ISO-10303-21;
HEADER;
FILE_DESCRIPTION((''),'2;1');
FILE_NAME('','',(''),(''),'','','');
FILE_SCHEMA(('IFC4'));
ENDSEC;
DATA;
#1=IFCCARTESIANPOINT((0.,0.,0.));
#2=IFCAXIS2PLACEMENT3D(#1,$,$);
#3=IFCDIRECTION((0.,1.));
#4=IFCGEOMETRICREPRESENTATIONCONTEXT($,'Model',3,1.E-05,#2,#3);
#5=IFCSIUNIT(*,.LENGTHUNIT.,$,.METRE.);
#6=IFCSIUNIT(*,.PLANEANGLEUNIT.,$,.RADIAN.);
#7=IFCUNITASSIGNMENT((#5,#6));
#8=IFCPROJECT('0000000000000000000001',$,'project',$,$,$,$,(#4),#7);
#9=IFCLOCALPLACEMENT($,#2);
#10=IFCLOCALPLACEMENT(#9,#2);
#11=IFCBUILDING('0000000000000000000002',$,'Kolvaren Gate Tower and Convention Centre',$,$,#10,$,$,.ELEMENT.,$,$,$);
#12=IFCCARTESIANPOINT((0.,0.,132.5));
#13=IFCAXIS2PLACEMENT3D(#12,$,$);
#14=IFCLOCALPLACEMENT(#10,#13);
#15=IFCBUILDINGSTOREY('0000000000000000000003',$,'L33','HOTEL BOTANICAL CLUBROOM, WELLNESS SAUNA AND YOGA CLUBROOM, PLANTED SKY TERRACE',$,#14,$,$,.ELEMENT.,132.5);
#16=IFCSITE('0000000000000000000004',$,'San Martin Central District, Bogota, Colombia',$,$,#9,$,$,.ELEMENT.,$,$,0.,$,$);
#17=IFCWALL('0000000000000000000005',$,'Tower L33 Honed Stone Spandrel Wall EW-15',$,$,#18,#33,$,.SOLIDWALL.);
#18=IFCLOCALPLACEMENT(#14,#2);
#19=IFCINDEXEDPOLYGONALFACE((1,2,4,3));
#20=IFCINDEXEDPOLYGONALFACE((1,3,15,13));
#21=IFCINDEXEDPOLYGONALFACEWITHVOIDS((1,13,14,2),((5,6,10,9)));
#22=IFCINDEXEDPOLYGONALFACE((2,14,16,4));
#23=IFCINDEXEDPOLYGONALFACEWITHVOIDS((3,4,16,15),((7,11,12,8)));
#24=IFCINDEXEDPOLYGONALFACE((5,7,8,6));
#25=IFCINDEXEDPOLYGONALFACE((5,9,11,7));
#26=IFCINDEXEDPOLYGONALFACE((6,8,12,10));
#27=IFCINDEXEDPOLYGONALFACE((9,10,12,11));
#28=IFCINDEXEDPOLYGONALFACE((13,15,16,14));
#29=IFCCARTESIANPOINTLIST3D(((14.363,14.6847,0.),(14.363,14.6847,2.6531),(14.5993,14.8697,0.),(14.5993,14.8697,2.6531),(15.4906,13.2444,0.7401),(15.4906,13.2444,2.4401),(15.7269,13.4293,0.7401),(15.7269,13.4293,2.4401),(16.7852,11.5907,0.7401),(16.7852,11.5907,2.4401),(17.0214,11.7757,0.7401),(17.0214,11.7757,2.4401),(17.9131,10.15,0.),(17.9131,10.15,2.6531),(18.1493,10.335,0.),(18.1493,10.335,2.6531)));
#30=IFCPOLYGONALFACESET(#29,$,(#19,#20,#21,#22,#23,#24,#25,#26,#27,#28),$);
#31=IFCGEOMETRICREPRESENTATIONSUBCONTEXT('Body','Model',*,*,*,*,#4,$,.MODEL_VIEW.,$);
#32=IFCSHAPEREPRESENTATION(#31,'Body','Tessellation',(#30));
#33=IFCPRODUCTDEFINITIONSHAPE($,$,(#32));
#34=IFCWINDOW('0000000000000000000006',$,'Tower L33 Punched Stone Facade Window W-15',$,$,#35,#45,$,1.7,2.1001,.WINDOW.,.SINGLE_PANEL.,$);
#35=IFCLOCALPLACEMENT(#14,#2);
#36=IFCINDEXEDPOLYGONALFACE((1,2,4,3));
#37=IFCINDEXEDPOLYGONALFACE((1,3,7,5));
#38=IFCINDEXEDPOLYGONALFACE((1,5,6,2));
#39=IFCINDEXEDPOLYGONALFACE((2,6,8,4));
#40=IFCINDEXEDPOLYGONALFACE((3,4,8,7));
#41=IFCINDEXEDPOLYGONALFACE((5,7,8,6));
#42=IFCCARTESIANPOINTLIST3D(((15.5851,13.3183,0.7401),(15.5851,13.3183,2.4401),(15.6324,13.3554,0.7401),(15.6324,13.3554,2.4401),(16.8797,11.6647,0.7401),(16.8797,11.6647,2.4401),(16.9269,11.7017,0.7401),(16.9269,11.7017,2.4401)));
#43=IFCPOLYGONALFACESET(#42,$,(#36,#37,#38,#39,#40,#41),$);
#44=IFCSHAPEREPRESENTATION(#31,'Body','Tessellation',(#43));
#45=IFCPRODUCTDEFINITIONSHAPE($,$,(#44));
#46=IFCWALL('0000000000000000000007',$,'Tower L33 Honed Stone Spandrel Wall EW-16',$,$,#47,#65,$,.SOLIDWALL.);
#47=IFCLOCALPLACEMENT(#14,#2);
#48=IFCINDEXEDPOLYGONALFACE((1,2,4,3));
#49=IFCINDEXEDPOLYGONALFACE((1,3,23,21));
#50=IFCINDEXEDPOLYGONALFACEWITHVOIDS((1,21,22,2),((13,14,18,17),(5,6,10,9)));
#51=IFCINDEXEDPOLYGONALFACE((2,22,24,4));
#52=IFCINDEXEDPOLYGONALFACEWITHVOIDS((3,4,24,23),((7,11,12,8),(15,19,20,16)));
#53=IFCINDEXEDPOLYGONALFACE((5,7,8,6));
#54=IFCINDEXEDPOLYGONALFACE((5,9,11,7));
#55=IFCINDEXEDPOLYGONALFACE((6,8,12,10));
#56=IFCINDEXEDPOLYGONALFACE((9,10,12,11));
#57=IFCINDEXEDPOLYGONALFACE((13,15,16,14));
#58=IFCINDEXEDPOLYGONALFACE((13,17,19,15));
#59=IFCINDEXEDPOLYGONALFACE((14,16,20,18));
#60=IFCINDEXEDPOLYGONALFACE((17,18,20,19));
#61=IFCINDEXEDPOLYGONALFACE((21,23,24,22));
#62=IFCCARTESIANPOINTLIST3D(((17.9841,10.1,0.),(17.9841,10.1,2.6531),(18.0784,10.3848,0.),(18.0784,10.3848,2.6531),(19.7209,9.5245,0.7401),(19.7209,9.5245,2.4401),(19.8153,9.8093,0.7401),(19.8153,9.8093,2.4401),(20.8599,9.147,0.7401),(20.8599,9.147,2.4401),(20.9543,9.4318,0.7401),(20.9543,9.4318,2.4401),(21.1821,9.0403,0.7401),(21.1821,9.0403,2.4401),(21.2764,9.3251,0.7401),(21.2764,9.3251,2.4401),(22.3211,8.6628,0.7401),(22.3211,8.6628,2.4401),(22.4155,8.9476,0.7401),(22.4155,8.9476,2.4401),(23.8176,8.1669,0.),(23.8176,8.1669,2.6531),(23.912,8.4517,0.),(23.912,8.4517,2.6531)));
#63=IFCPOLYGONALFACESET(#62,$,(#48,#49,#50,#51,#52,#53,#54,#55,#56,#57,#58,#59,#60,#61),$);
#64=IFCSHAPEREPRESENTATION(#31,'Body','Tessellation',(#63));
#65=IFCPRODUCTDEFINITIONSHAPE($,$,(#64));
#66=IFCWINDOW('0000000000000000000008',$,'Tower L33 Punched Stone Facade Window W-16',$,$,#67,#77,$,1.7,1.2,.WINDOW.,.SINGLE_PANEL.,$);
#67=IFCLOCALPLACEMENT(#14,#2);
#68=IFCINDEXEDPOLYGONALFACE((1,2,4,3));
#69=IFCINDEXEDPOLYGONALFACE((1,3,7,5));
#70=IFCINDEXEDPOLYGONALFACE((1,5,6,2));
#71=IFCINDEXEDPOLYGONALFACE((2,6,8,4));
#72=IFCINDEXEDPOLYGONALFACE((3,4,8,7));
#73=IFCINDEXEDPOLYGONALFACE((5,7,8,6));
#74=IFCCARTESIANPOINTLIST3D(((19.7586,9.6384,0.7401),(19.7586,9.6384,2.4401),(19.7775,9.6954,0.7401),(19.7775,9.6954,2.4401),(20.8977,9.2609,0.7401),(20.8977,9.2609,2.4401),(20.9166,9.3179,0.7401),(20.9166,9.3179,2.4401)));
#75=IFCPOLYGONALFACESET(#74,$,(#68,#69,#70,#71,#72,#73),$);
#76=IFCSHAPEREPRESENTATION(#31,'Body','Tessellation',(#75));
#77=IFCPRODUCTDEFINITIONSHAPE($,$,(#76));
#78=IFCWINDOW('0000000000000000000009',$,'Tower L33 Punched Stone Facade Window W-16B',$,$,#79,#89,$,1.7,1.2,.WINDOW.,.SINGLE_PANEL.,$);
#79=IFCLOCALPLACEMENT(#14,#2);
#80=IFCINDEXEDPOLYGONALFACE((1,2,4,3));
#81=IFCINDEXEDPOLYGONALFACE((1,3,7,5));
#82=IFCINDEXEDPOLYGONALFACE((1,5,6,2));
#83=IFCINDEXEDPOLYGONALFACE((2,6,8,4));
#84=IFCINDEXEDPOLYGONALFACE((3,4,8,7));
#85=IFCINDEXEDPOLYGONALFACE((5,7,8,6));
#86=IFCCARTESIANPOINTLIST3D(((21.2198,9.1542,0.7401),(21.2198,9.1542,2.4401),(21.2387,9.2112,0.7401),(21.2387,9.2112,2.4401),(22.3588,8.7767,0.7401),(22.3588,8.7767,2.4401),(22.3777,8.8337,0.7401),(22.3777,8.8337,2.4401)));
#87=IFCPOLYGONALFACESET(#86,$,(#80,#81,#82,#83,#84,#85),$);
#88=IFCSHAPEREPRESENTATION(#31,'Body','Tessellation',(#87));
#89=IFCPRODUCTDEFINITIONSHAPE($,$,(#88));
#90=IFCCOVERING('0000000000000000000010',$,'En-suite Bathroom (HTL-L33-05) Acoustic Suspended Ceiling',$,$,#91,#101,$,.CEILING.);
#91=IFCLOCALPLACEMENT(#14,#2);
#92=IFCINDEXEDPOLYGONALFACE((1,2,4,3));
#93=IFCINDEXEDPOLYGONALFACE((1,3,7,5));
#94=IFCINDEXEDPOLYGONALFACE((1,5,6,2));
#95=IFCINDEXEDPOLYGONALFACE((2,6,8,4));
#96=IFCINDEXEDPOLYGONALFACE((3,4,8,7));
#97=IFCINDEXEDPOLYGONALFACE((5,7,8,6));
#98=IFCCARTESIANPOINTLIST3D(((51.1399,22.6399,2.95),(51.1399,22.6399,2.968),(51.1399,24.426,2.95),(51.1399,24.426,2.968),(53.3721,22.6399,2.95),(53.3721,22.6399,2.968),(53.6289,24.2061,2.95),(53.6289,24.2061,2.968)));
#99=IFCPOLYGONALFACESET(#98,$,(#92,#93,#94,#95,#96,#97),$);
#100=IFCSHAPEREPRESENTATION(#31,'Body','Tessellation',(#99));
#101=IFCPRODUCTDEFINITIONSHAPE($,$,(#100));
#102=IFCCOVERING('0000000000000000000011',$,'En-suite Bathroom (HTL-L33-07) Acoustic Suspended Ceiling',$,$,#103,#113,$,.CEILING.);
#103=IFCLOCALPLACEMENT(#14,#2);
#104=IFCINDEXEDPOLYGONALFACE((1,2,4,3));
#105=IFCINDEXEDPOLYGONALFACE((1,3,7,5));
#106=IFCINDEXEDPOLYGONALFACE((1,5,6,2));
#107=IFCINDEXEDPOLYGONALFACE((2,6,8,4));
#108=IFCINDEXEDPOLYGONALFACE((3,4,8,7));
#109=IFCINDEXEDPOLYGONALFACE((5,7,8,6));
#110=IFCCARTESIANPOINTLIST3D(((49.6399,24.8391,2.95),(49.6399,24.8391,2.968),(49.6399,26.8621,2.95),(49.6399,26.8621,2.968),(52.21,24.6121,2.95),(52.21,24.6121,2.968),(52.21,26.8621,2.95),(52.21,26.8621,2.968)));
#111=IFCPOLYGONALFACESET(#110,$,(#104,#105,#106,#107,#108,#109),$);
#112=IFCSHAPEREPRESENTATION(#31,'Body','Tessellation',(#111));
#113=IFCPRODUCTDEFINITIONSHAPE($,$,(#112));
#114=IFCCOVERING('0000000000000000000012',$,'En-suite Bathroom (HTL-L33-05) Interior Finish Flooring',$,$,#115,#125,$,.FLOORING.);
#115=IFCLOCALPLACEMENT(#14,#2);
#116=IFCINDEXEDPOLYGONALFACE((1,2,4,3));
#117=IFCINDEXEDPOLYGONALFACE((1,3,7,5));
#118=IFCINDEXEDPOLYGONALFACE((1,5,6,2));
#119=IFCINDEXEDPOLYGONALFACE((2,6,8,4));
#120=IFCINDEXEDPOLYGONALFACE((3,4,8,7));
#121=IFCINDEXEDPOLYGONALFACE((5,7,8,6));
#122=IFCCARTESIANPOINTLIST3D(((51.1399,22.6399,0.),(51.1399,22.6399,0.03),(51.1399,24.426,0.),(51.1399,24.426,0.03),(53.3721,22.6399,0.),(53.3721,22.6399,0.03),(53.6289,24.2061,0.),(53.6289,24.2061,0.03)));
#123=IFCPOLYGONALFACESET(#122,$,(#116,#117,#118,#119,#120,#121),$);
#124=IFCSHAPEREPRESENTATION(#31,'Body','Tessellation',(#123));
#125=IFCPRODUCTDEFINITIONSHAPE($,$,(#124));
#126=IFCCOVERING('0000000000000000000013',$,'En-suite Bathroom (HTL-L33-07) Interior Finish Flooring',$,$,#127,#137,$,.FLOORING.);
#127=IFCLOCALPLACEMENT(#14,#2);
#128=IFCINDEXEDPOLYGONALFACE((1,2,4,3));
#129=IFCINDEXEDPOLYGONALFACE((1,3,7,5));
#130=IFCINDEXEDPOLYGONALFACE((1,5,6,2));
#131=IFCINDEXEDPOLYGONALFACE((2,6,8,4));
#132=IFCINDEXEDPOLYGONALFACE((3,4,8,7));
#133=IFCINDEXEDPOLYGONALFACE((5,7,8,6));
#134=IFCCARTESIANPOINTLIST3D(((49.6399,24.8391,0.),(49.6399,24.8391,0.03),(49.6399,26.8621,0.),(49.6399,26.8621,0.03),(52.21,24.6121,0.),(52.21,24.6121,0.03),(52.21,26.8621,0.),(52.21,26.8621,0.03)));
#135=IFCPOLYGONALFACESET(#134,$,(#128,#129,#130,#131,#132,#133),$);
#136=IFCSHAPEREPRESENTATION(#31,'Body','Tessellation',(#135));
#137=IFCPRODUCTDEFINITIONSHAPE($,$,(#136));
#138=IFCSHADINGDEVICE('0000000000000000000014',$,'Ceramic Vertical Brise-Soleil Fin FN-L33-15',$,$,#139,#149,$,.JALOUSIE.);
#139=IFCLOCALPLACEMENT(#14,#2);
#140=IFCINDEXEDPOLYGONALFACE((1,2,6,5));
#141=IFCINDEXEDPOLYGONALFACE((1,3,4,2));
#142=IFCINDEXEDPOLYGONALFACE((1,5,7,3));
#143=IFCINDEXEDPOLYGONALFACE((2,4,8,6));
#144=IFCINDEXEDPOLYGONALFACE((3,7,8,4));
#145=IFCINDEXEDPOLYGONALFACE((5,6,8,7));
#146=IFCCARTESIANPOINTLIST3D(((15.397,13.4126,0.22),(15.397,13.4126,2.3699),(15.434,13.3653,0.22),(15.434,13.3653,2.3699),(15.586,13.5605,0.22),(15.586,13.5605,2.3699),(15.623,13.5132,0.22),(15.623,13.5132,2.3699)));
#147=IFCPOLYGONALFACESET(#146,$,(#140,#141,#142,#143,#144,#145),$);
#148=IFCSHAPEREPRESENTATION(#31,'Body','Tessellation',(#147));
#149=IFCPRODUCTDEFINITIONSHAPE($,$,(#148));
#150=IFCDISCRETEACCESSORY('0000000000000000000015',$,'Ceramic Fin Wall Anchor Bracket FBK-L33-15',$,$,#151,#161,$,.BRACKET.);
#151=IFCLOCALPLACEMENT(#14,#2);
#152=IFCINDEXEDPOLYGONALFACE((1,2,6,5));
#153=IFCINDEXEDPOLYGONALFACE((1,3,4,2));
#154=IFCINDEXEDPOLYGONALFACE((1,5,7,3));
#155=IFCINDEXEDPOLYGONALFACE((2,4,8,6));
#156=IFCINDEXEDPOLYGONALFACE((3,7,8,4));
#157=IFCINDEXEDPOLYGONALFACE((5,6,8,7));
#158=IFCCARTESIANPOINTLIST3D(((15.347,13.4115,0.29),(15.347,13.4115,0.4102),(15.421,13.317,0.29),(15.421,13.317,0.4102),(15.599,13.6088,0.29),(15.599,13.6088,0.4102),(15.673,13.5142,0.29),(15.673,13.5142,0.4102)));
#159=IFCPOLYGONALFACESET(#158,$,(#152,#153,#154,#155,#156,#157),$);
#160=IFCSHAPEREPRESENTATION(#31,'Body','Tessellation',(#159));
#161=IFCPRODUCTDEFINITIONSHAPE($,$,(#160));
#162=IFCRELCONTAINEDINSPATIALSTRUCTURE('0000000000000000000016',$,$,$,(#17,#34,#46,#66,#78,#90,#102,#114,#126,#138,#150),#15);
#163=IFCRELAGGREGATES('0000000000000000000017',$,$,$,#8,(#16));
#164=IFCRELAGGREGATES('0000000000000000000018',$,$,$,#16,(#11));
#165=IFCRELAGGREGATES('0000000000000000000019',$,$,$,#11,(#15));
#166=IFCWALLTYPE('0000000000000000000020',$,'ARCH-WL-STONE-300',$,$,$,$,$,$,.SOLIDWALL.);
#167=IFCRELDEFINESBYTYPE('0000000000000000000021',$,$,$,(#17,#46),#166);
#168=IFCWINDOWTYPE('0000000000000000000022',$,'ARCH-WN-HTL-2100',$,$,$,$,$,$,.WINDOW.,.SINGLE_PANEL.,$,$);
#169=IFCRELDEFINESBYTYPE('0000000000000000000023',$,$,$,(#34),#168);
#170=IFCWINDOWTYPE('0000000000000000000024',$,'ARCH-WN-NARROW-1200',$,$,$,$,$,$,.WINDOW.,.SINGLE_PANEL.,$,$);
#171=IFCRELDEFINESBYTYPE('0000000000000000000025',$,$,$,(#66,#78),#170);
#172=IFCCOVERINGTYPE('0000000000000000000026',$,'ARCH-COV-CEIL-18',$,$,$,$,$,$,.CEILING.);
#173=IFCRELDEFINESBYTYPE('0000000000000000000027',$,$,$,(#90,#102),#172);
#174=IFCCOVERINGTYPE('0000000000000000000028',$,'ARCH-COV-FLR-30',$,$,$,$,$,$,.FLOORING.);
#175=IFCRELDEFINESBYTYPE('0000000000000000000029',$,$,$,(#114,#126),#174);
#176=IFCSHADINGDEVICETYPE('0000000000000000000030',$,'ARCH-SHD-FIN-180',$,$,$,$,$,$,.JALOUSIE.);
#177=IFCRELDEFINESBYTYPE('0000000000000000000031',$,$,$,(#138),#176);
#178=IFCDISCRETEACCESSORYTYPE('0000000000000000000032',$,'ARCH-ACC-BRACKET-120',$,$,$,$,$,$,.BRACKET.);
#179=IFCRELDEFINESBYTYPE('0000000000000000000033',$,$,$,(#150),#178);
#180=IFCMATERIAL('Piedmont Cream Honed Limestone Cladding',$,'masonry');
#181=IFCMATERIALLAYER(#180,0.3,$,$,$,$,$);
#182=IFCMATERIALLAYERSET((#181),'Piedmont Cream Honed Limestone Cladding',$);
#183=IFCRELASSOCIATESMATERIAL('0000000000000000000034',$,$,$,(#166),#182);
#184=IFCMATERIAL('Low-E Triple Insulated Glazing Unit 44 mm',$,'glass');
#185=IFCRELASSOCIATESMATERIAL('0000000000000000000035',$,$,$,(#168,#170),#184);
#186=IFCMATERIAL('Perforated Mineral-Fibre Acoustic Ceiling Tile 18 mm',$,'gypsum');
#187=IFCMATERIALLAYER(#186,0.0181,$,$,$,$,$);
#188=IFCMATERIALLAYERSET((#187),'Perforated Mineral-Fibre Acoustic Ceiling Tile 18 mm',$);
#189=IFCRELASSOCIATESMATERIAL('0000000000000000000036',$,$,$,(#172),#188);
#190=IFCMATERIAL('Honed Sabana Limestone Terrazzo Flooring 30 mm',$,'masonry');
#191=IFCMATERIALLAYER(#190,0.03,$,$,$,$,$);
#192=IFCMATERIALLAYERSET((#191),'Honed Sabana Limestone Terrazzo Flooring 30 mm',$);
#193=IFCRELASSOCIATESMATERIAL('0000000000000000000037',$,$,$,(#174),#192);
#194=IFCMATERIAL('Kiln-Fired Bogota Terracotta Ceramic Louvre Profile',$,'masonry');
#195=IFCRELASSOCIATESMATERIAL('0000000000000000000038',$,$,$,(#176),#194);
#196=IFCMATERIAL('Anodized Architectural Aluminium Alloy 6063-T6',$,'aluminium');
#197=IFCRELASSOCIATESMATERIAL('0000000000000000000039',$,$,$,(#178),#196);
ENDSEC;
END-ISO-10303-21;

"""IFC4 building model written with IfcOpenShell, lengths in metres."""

from ifc_helpers import new_model, si_unit, direction, frame, frame_2d, origin, origin_2d, place, context, subcontext, project, spatial, polyline, rectangle, outline, extrude, material, layer, layer_set, type_object, element, fill, save


model = new_model("IFC4")

# Units and contexts
model_context = context("Model", 3, precision=1e-05, world=origin(), true_north=direction((0.0, 1.0)))
body_context = subcontext(model_context, "Body", "Model", "MODEL_VIEW")
ifc_project = project(units=[si_unit("LENGTHUNIT", "METRE"), si_unit("PLANEANGLEUNIT", "RADIAN")], contexts=[model_context])

# Site, building, storey
site_placement = place(None, origin())
site = spatial("IfcSite", under=ifc_project, at=site_placement, Name="San Martin Central District, Bogota, Colombia", CompositionType="ELEMENT", RefElevation=0.0)
building_placement = place(site_placement, origin())
building = spatial("IfcBuilding", under=site, at=building_placement, Name="Kolvaren Gate Tower and Convention Centre", CompositionType="ELEMENT")
storey_placement = place(building_placement, frame((0.0, 0.0, 132.5)))
storey = spatial("IfcBuildingStorey", under=building, at=storey_placement, Name="L33", Description="HOTEL BOTANICAL CLUBROOM, WELLNESS SAUNA AND YOGA CLUBROOM, PLANTED SKY TERRACE", CompositionType="ELEMENT", Elevation=132.5)

# Shared definitions
ifc_material_1 = material(Name="Piedmont Cream Honed Limestone Cladding", Category="masonry")

# Wall, opening, window
ifc_layer_1 = layer(ifc_material_1, 0.3)
ifc_layer_set_1 = layer_set([ifc_layer_1], Name="Piedmont Cream Honed Limestone Cladding")
wall_type_1 = type_object("IfcWallType", Name="ARCH-WL-STONE-300", PredefinedType="SOLIDWALL", material=ifc_layer_set_1)
wall_1_placement = place(storey_placement, frame((14.4812, 14.7771, 0.0), z_axis=(0.0, 0.0, 1.0), x_axis=(0.616435, -0.787406, 0.0)))
wall_1 = element("IfcWall", 1, at=wall_1_placement, inside=storey, type_object=wall_type_1, Name="Tower L33 Honed Stone Spandrel Wall EW-15", PredefinedType="SOLIDWALL", context=body_context, shape_type="SweptSolid", body=[
    extrude(rectangle(XDim=5.759, YDim=0.3, at=frame_2d((2.8794, 0.0))), origin(), (0.0, 0.0, 1.0), 2.6531),
])
opening_1_placement = place(wall_1_placement, frame((1.8291, 0.0, 0.74)))
opening_1 = element("IfcOpeningElement", 2, at=opening_1_placement, cuts=wall_1, PredefinedType="OPENING", context=body_context, shape_type="SweptSolid", body=[
    extrude(rectangle(XDim=2.1001, YDim=1.7, at=frame_2d((1.05, 0.8501))), frame((0.0, 0.1599, 0.0), z_axis=(0.0, -1.0, 0.0), x_axis=(1.0, 0.0, 0.0)), (0.0, 0.0, 1.0), 0.3201),
])
ifc_material_2 = material(Name="Low-E Triple Insulated Glazing Unit 44 mm", Category="glass")
window_type_1 = type_object("IfcWindowType", Name="ARCH-WN-HTL-2100", PartitioningType="SINGLE_PANEL", PredefinedType="WINDOW", material=ifc_material_2)
window_1_placement = place(opening_1_placement, origin())
window_1 = element("IfcWindow", 3, at=window_1_placement, inside=storey, type_object=window_type_1, Name="Tower L33 Punched Stone Facade Window W-15", OverallHeight=1.7, OverallWidth=2.1001, PartitioningType="SINGLE_PANEL", PredefinedType="WINDOW", context=body_context, shape_type="SweptSolid", body=[
    extrude(rectangle(XDim=2.1001, YDim=1.7, at=frame_2d((1.05, 0.8501))), frame((0.0, 0.03, 0.0), z_axis=(0.0, -1.0, 0.0), x_axis=(1.0, 0.0, 0.0)), (0.0, 0.0, 1.0), 0.0601),
])
fill(opening_1, window_1)

# Wall, openings, windows
wall_2_placement = place(storey_placement, frame((18.0312, 10.2424, 0.0), z_axis=(0.0, 0.0, 1.0), x_axis=(0.949238, -0.314559, 0.0)))
wall_2 = element("IfcWall", 4, at=wall_2_placement, inside=storey, type_object=wall_type_1, Name="Tower L33 Honed Stone Spandrel Wall EW-16", PredefinedType="SOLIDWALL", context=body_context, shape_type="SweptSolid", body=[
    extrude(rectangle(XDim=6.1455, YDim=0.3, at=frame_2d((3.0728, 0.0))), origin(), (0.0, 0.0, 1.0), 2.6531),
])
opening_2_placement = place(wall_2_placement, frame((1.8296, 0.0, 0.74)))
opening_2 = element("IfcOpeningElement", 5, at=opening_2_placement, cuts=wall_2, PredefinedType="OPENING", context=body_context, shape_type="SweptSolid", body=[
    extrude(rectangle(XDim=1.2, YDim=1.7, at=frame_2d((0.6001, 0.8501))), frame((0.0, 0.1599, 0.0), z_axis=(0.0, -1.0, 0.0), x_axis=(1.0, 0.0, 0.0)), (0.0, 0.0, 1.0), 0.3201),
])
opening_3_placement = place(wall_2_placement, frame((3.3689, 0.0, 0.74)))
opening_3 = element("IfcOpeningElement", 6, at=opening_3_placement, cuts=wall_2, PredefinedType="OPENING", context=body_context, shape_type="SweptSolid", body=[
    extrude(rectangle(XDim=1.2, YDim=1.7, at=frame_2d((0.6001, 0.8501))), frame((0.0, 0.1599, 0.0), z_axis=(0.0, -1.0, 0.0), x_axis=(1.0, 0.0, 0.0)), (0.0, 0.0, 1.0), 0.3201),
])
window_type_2 = type_object("IfcWindowType", Name="ARCH-WN-NARROW-1200", PartitioningType="SINGLE_PANEL", PredefinedType="WINDOW", material=ifc_material_2)
window_2_placement = place(opening_2_placement, origin())
window_2 = element("IfcWindow", 7, at=window_2_placement, inside=storey, type_object=window_type_2, Name="Tower L33 Punched Stone Facade Window W-16", OverallHeight=1.7, OverallWidth=1.2, PartitioningType="SINGLE_PANEL", PredefinedType="WINDOW", context=body_context, shape_type="SweptSolid", body=[
    extrude(rectangle(XDim=1.2, YDim=1.7, at=frame_2d((0.6001, 0.8501))), frame((0.0, 0.03, 0.0), z_axis=(0.0, -1.0, 0.0), x_axis=(1.0, 0.0, 0.0)), (0.0, 0.0, 1.0), 0.0601),
])
fill(opening_2, window_2)
window_3_placement = place(opening_3_placement, origin())
window_3 = element("IfcWindow", 8, at=window_3_placement, inside=storey, type_object=window_type_2, Name="Tower L33 Punched Stone Facade Window W-16B", OverallHeight=1.7, OverallWidth=1.2, PartitioningType="SINGLE_PANEL", PredefinedType="WINDOW", context=body_context, shape_type="SweptSolid", body=[
    extrude(rectangle(XDim=1.2, YDim=1.7, at=frame_2d((0.6001, 0.8501))), frame((0.0, 0.03, 0.0), z_axis=(0.0, -1.0, 0.0), x_axis=(1.0, 0.0, 0.0)), (0.0, 0.0, 1.0), 0.0601),
])
fill(opening_3, window_3)

# Coverings
ifc_material_3 = material(Name="Perforated Mineral-Fibre Acoustic Ceiling Tile 18 mm", Category="gypsum")
ifc_layer_2 = layer(ifc_material_3, 0.0181)
ifc_layer_set_2 = layer_set([ifc_layer_2], Name="Perforated Mineral-Fibre Acoustic Ceiling Tile 18 mm")
covering_type_1 = type_object("IfcCoveringType", Name="ARCH-COV-CEIL-18", PredefinedType="CEILING", material=ifc_layer_set_2)
covering_1_placement = place(storey_placement, frame((0.0, 0.0, 2.95)))
element("IfcCovering", 9, at=covering_1_placement, inside=storey, type_object=covering_type_1, Name="En-suite Bathroom (HTL-L33-05) Acoustic Suspended Ceiling", PredefinedType="CEILING", context=body_context, shape_type="SweptSolid", body=[
    extrude(outline(polyline([(51.1399, 22.6399), (51.1399, 24.426), (53.6289, 24.2061), (53.3721, 22.6399), (51.1399, 22.6399)])), origin(), (0.0, 0.0, 1.0), 0.0181),
])
covering_2_placement = place(storey_placement, frame((0.0, 0.0, 2.95)))
element("IfcCovering", 10, at=covering_2_placement, inside=storey, type_object=covering_type_1, Name="En-suite Bathroom (HTL-L33-07) Acoustic Suspended Ceiling", PredefinedType="CEILING", context=body_context, shape_type="SweptSolid", body=[
    extrude(outline(polyline([(49.6399, 26.8621), (52.21, 26.8621), (52.21, 24.6121), (49.6399, 24.8391), (49.6399, 26.8621)])), origin(), (0.0, 0.0, 1.0), 0.0181),
])
ifc_material_4 = material(Name="Honed Sabana Limestone Terrazzo Flooring 30 mm", Category="masonry")
ifc_layer_3 = layer(ifc_material_4, 0.03)
ifc_layer_set_3 = layer_set([ifc_layer_3], Name="Honed Sabana Limestone Terrazzo Flooring 30 mm")
covering_type_2 = type_object("IfcCoveringType", Name="ARCH-COV-FLR-30", PredefinedType="FLOORING", material=ifc_layer_set_3)
covering_3_placement = place(storey_placement, origin())
element("IfcCovering", 11, at=covering_3_placement, inside=storey, type_object=covering_type_2, Name="En-suite Bathroom (HTL-L33-05) Interior Finish Flooring", PredefinedType="FLOORING", context=body_context, shape_type="SweptSolid", body=[
    extrude(outline(polyline([(51.1399, 22.6399), (51.1399, 24.426), (53.6289, 24.2061), (53.3721, 22.6399), (51.1399, 22.6399)])), origin(), (0.0, 0.0, 1.0), 0.03),
])
covering_4_placement = place(storey_placement, origin())
element("IfcCovering", 12, at=covering_4_placement, inside=storey, type_object=covering_type_2, Name="En-suite Bathroom (HTL-L33-07) Interior Finish Flooring", PredefinedType="FLOORING", context=body_context, shape_type="SweptSolid", body=[
    extrude(outline(polyline([(49.6399, 26.8621), (52.21, 26.8621), (52.21, 24.6121), (49.6399, 24.8391), (49.6399, 26.8621)])), origin(), (0.0, 0.0, 1.0), 0.03),
])

# Shading device
ifc_material_5 = material(Name="Kiln-Fired Bogota Terracotta Ceramic Louvre Profile", Category="masonry")
shading_device_type = type_object("IfcShadingDeviceType", Name="ARCH-SHD-FIN-180", PredefinedType="JALOUSIE", material=ifc_material_5)
shading_device_placement = place(storey_placement, frame((15.51, 13.4629, 0.22), z_axis=(0.0, 0.0, 1.0), x_axis=(0.616424, -0.787414, 0.0)))
element("IfcShadingDevice", 13, at=shading_device_placement, inside=storey, type_object=shading_device_type, Name="Ceramic Vertical Brise-Soleil Fin FN-L33-15", PredefinedType="JALOUSIE", context=body_context, shape_type="SweptSolid", body=[
    extrude(rectangle(XDim=0.0601, YDim=0.24, at=origin_2d()), origin(), (0.0, 0.0, 1.0), 2.1499),
])

# Discrete accessory
ifc_material_6 = material(Name="Anodized Architectural Aluminium Alloy 6063-T6", Category="aluminium")
discrete_accessory_type = type_object("IfcDiscreteAccessoryType", Name="ARCH-ACC-BRACKET-120", PredefinedType="BRACKET", material=ifc_material_6)
discrete_accessory_placement = place(storey_placement, frame((15.51, 13.4629, 0.29), z_axis=(0.0, 0.0, 1.0), x_axis=(0.616424, -0.787414, 0.0)))
element("IfcDiscreteAccessory", 14, at=discrete_accessory_placement, inside=storey, type_object=discrete_accessory_type, Name="Ceramic Fin Wall Anchor Bracket FBK-L33-15", PredefinedType="BRACKET", context=body_context, shape_type="SweptSolid", body=[
    extrude(rectangle(XDim=0.1201, YDim=0.3201, at=origin_2d()), origin(), (0.0, 0.0, 1.0), 0.1201),
])

save(model, "model.ifc")
